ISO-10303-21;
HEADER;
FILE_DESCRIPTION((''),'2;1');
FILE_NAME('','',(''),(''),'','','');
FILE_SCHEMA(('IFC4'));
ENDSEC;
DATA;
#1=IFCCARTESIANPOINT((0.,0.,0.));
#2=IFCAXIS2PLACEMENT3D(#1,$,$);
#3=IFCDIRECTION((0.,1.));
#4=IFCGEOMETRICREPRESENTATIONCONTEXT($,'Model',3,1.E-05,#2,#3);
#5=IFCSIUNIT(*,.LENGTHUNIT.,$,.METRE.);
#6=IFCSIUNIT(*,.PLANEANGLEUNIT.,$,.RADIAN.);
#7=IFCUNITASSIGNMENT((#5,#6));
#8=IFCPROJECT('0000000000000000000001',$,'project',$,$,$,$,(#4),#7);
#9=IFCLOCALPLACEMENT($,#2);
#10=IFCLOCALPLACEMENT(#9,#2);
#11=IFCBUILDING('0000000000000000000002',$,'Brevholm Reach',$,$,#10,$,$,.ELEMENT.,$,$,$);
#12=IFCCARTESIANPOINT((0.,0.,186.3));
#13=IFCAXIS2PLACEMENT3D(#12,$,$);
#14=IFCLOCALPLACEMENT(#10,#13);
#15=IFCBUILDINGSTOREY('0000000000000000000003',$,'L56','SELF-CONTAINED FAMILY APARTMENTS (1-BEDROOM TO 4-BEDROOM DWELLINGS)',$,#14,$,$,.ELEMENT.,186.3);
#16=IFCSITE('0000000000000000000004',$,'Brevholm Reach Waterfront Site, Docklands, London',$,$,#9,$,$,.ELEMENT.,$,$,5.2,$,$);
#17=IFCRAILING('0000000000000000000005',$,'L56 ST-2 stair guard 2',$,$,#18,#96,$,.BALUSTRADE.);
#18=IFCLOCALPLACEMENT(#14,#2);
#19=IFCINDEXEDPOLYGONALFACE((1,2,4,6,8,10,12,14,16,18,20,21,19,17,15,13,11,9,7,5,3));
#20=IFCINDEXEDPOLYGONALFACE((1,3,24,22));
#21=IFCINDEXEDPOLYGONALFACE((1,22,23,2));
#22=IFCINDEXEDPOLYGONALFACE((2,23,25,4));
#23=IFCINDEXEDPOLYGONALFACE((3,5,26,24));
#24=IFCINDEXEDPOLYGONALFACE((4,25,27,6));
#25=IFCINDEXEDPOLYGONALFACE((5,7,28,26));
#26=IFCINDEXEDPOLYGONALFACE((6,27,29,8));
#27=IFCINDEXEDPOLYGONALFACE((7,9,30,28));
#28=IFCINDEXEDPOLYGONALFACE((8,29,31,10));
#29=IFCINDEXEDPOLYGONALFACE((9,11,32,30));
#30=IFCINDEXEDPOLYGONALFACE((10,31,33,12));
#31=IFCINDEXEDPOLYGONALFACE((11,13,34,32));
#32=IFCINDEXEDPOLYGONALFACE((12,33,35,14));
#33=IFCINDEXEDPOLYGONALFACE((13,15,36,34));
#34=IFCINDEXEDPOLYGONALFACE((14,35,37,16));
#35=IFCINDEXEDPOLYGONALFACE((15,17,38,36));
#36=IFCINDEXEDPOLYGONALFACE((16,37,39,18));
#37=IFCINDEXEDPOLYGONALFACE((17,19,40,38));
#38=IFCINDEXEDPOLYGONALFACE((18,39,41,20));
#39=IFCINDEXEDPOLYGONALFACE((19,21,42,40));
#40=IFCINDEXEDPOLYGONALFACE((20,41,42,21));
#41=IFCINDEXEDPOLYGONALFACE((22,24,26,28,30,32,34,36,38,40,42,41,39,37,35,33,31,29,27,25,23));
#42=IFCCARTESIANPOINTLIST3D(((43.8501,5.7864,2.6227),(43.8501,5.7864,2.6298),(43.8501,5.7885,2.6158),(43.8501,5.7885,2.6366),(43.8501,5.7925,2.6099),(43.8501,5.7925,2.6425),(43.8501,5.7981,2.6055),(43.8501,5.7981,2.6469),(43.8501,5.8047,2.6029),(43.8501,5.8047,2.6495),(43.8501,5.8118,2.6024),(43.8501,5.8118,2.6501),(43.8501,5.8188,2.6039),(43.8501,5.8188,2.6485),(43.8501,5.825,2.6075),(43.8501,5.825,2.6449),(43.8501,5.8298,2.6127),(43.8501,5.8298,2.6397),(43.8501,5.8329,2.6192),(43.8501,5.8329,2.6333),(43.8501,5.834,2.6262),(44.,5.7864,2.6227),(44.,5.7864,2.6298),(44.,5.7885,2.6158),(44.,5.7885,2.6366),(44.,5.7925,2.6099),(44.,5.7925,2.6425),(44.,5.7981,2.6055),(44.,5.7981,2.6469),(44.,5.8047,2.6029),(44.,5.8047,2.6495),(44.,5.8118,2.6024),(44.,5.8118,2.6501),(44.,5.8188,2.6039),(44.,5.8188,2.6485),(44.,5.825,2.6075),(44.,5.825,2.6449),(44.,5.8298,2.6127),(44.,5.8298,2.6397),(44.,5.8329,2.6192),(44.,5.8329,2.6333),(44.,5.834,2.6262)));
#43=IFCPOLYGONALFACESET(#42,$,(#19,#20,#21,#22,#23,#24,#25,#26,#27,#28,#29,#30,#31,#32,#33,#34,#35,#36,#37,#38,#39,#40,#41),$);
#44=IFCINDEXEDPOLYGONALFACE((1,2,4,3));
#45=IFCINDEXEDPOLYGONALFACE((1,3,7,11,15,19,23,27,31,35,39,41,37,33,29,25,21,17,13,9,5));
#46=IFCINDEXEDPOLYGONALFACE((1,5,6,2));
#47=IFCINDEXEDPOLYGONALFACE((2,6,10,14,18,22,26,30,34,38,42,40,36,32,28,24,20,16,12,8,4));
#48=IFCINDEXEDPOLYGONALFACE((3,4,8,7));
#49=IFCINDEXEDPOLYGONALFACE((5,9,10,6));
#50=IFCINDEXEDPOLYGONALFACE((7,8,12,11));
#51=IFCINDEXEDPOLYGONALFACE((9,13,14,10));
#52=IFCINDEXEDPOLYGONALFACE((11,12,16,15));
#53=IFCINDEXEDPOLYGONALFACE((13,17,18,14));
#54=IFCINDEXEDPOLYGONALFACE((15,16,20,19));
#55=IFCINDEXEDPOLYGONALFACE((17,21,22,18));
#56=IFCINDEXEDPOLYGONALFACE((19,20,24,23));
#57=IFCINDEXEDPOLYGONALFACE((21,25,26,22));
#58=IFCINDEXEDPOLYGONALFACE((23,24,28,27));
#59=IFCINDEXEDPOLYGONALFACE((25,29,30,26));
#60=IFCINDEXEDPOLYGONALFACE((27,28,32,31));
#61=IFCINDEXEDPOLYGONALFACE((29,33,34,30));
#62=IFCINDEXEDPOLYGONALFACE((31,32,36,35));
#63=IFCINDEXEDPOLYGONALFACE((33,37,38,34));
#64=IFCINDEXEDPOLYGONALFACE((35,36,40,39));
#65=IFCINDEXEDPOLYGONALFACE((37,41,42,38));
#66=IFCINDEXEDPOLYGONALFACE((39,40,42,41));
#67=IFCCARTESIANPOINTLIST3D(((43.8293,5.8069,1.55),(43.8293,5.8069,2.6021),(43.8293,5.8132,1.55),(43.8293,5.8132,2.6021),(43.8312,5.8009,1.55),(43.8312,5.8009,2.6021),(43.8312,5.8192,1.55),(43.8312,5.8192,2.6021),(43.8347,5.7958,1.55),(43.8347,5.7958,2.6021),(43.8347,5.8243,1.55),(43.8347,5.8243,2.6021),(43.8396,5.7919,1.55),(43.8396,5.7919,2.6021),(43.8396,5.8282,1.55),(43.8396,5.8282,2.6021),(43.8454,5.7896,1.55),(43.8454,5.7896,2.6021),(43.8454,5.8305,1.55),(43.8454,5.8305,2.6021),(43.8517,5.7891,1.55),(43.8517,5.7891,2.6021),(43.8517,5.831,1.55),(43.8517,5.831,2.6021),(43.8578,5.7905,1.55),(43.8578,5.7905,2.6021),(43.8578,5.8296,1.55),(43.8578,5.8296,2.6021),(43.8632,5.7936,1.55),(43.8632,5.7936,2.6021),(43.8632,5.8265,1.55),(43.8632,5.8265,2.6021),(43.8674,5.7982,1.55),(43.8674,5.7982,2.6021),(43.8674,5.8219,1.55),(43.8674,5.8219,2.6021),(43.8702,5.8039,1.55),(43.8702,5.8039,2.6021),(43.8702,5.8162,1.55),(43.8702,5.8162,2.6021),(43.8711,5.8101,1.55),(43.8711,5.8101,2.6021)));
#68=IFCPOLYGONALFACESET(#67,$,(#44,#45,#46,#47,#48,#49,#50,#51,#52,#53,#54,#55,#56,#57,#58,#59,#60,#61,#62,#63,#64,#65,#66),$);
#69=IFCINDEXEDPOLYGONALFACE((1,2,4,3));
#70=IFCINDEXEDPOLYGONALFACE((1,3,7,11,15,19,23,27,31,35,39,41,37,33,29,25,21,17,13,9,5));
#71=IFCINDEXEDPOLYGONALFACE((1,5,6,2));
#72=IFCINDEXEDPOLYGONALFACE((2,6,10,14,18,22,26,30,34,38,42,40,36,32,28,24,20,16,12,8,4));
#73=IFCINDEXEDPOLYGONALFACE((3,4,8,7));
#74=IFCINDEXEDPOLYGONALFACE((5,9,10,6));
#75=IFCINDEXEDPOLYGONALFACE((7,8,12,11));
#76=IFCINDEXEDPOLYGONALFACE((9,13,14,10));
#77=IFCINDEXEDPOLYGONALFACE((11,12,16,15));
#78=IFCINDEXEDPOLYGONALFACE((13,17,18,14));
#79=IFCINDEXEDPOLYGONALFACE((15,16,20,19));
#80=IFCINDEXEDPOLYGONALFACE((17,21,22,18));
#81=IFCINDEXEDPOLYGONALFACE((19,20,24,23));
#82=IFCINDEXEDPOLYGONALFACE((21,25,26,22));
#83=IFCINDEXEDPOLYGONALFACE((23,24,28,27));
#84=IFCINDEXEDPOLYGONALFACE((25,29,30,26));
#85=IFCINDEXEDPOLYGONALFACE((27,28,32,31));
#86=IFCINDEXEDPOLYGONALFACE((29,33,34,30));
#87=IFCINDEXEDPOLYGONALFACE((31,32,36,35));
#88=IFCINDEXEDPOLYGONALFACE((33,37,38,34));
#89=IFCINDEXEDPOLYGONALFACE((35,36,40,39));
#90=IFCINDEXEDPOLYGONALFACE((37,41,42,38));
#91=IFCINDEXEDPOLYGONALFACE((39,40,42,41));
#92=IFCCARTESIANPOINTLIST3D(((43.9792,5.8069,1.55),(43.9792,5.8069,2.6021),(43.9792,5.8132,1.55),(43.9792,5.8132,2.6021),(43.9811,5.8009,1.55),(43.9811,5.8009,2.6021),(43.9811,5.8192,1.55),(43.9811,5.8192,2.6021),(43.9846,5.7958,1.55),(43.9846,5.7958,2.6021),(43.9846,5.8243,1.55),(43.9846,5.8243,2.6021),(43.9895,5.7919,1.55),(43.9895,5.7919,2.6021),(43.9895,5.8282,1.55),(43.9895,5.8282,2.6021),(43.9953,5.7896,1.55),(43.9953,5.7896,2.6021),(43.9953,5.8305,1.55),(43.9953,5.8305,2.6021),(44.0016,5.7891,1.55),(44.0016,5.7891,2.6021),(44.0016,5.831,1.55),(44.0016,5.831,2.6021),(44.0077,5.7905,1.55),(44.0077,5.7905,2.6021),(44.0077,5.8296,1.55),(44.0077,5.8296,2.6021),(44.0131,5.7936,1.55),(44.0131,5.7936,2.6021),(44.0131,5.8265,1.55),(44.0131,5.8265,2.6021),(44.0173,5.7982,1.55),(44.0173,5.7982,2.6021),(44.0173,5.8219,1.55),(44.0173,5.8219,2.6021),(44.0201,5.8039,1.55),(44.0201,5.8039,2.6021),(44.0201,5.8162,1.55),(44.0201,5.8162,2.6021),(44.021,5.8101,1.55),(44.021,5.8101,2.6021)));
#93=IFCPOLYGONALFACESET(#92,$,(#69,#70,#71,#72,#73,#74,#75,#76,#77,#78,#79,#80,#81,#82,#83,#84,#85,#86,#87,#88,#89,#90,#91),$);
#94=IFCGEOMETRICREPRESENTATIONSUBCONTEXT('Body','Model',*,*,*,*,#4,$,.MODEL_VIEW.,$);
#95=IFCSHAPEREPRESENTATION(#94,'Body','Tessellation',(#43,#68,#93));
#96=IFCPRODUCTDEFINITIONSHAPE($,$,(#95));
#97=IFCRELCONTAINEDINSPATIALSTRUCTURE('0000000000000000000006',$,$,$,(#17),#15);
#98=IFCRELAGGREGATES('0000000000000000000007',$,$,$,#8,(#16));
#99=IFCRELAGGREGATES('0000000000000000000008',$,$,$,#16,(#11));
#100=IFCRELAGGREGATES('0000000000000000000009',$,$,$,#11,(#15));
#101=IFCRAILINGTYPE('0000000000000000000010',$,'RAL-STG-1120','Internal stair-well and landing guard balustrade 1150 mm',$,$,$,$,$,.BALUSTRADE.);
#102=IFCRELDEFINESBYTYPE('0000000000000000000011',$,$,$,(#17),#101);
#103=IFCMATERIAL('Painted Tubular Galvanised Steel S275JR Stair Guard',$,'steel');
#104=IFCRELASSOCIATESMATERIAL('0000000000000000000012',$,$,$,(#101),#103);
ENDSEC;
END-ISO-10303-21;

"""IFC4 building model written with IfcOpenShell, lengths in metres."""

from ifc_helpers import new_model, si_unit, direction, frame, origin, origin_2d, place, context, subcontext, project, spatial, circle, extrude, material, type_object, element, save


model = new_model("IFC4")

# Units and contexts
model_context = context("Model", 3, precision=1e-05, world=origin(), true_north=direction((0.0, 1.0)))
body_context = subcontext(model_context, "Body", "Model", "MODEL_VIEW")
ifc_project = project(units=[si_unit("LENGTHUNIT", "METRE"), si_unit("PLANEANGLEUNIT", "RADIAN")], contexts=[model_context])

# Site, building, storey
site_placement = place(None, origin())
site = spatial("IfcSite", under=ifc_project, at=site_placement, Name="Brevholm Reach Waterfront Site, Docklands, London", CompositionType="ELEMENT", RefElevation=5.2)
building_placement = place(site_placement, origin())
building = spatial("IfcBuilding", under=site, at=building_placement, Name="Brevholm Reach", CompositionType="ELEMENT")
storey_placement = place(building_placement, frame((0.0, 0.0, 186.3)))
storey = spatial("IfcBuildingStorey", under=building, at=storey_placement, Name="L56", Description="SELF-CONTAINED FAMILY APARTMENTS (1-BEDROOM TO 4-BEDROOM DWELLINGS)", CompositionType="ELEMENT", Elevation=186.3)

# Railing
ifc_material_1 = material(Name="Painted Tubular Galvanised Steel S275JR Stair Guard", Category="steel")
railing_type_1 = type_object("IfcRailingType", Name="RAL-STG-1120", Description="Internal stair-well and landing guard balustrade 1150 mm", PredefinedType="BALUSTRADE", material=ifc_material_1)
railing_1_placement = place(storey_placement, frame((43.8501, 5.8101, 1.55)))
element("IfcRailing", 1, at=railing_1_placement, inside=storey, type_object=railing_type_1, Name="L56 ST-2 stair guard 2", PredefinedType="BALUSTRADE", context=body_context, shape_type="SweptSolid", body=[
    extrude(circle(Radius=0.0239, at=origin_2d()), frame((0.0, 0.0, 1.0762), z_axis=(1.0, 0.0, 0.0), x_axis=(0.0, 1.0, 0.0)), (0.0, 0.0, 1.0), 0.1499),
    extrude(circle(Radius=0.021, at=origin_2d()), origin(), (0.0, 0.0, 1.0), 1.052),
    extrude(circle(Radius=0.021, at=origin_2d()), frame((0.1499, 0.0, 0.0)), (0.0, 0.0, 1.0), 1.052),
])

save(model, "model.ifc")
